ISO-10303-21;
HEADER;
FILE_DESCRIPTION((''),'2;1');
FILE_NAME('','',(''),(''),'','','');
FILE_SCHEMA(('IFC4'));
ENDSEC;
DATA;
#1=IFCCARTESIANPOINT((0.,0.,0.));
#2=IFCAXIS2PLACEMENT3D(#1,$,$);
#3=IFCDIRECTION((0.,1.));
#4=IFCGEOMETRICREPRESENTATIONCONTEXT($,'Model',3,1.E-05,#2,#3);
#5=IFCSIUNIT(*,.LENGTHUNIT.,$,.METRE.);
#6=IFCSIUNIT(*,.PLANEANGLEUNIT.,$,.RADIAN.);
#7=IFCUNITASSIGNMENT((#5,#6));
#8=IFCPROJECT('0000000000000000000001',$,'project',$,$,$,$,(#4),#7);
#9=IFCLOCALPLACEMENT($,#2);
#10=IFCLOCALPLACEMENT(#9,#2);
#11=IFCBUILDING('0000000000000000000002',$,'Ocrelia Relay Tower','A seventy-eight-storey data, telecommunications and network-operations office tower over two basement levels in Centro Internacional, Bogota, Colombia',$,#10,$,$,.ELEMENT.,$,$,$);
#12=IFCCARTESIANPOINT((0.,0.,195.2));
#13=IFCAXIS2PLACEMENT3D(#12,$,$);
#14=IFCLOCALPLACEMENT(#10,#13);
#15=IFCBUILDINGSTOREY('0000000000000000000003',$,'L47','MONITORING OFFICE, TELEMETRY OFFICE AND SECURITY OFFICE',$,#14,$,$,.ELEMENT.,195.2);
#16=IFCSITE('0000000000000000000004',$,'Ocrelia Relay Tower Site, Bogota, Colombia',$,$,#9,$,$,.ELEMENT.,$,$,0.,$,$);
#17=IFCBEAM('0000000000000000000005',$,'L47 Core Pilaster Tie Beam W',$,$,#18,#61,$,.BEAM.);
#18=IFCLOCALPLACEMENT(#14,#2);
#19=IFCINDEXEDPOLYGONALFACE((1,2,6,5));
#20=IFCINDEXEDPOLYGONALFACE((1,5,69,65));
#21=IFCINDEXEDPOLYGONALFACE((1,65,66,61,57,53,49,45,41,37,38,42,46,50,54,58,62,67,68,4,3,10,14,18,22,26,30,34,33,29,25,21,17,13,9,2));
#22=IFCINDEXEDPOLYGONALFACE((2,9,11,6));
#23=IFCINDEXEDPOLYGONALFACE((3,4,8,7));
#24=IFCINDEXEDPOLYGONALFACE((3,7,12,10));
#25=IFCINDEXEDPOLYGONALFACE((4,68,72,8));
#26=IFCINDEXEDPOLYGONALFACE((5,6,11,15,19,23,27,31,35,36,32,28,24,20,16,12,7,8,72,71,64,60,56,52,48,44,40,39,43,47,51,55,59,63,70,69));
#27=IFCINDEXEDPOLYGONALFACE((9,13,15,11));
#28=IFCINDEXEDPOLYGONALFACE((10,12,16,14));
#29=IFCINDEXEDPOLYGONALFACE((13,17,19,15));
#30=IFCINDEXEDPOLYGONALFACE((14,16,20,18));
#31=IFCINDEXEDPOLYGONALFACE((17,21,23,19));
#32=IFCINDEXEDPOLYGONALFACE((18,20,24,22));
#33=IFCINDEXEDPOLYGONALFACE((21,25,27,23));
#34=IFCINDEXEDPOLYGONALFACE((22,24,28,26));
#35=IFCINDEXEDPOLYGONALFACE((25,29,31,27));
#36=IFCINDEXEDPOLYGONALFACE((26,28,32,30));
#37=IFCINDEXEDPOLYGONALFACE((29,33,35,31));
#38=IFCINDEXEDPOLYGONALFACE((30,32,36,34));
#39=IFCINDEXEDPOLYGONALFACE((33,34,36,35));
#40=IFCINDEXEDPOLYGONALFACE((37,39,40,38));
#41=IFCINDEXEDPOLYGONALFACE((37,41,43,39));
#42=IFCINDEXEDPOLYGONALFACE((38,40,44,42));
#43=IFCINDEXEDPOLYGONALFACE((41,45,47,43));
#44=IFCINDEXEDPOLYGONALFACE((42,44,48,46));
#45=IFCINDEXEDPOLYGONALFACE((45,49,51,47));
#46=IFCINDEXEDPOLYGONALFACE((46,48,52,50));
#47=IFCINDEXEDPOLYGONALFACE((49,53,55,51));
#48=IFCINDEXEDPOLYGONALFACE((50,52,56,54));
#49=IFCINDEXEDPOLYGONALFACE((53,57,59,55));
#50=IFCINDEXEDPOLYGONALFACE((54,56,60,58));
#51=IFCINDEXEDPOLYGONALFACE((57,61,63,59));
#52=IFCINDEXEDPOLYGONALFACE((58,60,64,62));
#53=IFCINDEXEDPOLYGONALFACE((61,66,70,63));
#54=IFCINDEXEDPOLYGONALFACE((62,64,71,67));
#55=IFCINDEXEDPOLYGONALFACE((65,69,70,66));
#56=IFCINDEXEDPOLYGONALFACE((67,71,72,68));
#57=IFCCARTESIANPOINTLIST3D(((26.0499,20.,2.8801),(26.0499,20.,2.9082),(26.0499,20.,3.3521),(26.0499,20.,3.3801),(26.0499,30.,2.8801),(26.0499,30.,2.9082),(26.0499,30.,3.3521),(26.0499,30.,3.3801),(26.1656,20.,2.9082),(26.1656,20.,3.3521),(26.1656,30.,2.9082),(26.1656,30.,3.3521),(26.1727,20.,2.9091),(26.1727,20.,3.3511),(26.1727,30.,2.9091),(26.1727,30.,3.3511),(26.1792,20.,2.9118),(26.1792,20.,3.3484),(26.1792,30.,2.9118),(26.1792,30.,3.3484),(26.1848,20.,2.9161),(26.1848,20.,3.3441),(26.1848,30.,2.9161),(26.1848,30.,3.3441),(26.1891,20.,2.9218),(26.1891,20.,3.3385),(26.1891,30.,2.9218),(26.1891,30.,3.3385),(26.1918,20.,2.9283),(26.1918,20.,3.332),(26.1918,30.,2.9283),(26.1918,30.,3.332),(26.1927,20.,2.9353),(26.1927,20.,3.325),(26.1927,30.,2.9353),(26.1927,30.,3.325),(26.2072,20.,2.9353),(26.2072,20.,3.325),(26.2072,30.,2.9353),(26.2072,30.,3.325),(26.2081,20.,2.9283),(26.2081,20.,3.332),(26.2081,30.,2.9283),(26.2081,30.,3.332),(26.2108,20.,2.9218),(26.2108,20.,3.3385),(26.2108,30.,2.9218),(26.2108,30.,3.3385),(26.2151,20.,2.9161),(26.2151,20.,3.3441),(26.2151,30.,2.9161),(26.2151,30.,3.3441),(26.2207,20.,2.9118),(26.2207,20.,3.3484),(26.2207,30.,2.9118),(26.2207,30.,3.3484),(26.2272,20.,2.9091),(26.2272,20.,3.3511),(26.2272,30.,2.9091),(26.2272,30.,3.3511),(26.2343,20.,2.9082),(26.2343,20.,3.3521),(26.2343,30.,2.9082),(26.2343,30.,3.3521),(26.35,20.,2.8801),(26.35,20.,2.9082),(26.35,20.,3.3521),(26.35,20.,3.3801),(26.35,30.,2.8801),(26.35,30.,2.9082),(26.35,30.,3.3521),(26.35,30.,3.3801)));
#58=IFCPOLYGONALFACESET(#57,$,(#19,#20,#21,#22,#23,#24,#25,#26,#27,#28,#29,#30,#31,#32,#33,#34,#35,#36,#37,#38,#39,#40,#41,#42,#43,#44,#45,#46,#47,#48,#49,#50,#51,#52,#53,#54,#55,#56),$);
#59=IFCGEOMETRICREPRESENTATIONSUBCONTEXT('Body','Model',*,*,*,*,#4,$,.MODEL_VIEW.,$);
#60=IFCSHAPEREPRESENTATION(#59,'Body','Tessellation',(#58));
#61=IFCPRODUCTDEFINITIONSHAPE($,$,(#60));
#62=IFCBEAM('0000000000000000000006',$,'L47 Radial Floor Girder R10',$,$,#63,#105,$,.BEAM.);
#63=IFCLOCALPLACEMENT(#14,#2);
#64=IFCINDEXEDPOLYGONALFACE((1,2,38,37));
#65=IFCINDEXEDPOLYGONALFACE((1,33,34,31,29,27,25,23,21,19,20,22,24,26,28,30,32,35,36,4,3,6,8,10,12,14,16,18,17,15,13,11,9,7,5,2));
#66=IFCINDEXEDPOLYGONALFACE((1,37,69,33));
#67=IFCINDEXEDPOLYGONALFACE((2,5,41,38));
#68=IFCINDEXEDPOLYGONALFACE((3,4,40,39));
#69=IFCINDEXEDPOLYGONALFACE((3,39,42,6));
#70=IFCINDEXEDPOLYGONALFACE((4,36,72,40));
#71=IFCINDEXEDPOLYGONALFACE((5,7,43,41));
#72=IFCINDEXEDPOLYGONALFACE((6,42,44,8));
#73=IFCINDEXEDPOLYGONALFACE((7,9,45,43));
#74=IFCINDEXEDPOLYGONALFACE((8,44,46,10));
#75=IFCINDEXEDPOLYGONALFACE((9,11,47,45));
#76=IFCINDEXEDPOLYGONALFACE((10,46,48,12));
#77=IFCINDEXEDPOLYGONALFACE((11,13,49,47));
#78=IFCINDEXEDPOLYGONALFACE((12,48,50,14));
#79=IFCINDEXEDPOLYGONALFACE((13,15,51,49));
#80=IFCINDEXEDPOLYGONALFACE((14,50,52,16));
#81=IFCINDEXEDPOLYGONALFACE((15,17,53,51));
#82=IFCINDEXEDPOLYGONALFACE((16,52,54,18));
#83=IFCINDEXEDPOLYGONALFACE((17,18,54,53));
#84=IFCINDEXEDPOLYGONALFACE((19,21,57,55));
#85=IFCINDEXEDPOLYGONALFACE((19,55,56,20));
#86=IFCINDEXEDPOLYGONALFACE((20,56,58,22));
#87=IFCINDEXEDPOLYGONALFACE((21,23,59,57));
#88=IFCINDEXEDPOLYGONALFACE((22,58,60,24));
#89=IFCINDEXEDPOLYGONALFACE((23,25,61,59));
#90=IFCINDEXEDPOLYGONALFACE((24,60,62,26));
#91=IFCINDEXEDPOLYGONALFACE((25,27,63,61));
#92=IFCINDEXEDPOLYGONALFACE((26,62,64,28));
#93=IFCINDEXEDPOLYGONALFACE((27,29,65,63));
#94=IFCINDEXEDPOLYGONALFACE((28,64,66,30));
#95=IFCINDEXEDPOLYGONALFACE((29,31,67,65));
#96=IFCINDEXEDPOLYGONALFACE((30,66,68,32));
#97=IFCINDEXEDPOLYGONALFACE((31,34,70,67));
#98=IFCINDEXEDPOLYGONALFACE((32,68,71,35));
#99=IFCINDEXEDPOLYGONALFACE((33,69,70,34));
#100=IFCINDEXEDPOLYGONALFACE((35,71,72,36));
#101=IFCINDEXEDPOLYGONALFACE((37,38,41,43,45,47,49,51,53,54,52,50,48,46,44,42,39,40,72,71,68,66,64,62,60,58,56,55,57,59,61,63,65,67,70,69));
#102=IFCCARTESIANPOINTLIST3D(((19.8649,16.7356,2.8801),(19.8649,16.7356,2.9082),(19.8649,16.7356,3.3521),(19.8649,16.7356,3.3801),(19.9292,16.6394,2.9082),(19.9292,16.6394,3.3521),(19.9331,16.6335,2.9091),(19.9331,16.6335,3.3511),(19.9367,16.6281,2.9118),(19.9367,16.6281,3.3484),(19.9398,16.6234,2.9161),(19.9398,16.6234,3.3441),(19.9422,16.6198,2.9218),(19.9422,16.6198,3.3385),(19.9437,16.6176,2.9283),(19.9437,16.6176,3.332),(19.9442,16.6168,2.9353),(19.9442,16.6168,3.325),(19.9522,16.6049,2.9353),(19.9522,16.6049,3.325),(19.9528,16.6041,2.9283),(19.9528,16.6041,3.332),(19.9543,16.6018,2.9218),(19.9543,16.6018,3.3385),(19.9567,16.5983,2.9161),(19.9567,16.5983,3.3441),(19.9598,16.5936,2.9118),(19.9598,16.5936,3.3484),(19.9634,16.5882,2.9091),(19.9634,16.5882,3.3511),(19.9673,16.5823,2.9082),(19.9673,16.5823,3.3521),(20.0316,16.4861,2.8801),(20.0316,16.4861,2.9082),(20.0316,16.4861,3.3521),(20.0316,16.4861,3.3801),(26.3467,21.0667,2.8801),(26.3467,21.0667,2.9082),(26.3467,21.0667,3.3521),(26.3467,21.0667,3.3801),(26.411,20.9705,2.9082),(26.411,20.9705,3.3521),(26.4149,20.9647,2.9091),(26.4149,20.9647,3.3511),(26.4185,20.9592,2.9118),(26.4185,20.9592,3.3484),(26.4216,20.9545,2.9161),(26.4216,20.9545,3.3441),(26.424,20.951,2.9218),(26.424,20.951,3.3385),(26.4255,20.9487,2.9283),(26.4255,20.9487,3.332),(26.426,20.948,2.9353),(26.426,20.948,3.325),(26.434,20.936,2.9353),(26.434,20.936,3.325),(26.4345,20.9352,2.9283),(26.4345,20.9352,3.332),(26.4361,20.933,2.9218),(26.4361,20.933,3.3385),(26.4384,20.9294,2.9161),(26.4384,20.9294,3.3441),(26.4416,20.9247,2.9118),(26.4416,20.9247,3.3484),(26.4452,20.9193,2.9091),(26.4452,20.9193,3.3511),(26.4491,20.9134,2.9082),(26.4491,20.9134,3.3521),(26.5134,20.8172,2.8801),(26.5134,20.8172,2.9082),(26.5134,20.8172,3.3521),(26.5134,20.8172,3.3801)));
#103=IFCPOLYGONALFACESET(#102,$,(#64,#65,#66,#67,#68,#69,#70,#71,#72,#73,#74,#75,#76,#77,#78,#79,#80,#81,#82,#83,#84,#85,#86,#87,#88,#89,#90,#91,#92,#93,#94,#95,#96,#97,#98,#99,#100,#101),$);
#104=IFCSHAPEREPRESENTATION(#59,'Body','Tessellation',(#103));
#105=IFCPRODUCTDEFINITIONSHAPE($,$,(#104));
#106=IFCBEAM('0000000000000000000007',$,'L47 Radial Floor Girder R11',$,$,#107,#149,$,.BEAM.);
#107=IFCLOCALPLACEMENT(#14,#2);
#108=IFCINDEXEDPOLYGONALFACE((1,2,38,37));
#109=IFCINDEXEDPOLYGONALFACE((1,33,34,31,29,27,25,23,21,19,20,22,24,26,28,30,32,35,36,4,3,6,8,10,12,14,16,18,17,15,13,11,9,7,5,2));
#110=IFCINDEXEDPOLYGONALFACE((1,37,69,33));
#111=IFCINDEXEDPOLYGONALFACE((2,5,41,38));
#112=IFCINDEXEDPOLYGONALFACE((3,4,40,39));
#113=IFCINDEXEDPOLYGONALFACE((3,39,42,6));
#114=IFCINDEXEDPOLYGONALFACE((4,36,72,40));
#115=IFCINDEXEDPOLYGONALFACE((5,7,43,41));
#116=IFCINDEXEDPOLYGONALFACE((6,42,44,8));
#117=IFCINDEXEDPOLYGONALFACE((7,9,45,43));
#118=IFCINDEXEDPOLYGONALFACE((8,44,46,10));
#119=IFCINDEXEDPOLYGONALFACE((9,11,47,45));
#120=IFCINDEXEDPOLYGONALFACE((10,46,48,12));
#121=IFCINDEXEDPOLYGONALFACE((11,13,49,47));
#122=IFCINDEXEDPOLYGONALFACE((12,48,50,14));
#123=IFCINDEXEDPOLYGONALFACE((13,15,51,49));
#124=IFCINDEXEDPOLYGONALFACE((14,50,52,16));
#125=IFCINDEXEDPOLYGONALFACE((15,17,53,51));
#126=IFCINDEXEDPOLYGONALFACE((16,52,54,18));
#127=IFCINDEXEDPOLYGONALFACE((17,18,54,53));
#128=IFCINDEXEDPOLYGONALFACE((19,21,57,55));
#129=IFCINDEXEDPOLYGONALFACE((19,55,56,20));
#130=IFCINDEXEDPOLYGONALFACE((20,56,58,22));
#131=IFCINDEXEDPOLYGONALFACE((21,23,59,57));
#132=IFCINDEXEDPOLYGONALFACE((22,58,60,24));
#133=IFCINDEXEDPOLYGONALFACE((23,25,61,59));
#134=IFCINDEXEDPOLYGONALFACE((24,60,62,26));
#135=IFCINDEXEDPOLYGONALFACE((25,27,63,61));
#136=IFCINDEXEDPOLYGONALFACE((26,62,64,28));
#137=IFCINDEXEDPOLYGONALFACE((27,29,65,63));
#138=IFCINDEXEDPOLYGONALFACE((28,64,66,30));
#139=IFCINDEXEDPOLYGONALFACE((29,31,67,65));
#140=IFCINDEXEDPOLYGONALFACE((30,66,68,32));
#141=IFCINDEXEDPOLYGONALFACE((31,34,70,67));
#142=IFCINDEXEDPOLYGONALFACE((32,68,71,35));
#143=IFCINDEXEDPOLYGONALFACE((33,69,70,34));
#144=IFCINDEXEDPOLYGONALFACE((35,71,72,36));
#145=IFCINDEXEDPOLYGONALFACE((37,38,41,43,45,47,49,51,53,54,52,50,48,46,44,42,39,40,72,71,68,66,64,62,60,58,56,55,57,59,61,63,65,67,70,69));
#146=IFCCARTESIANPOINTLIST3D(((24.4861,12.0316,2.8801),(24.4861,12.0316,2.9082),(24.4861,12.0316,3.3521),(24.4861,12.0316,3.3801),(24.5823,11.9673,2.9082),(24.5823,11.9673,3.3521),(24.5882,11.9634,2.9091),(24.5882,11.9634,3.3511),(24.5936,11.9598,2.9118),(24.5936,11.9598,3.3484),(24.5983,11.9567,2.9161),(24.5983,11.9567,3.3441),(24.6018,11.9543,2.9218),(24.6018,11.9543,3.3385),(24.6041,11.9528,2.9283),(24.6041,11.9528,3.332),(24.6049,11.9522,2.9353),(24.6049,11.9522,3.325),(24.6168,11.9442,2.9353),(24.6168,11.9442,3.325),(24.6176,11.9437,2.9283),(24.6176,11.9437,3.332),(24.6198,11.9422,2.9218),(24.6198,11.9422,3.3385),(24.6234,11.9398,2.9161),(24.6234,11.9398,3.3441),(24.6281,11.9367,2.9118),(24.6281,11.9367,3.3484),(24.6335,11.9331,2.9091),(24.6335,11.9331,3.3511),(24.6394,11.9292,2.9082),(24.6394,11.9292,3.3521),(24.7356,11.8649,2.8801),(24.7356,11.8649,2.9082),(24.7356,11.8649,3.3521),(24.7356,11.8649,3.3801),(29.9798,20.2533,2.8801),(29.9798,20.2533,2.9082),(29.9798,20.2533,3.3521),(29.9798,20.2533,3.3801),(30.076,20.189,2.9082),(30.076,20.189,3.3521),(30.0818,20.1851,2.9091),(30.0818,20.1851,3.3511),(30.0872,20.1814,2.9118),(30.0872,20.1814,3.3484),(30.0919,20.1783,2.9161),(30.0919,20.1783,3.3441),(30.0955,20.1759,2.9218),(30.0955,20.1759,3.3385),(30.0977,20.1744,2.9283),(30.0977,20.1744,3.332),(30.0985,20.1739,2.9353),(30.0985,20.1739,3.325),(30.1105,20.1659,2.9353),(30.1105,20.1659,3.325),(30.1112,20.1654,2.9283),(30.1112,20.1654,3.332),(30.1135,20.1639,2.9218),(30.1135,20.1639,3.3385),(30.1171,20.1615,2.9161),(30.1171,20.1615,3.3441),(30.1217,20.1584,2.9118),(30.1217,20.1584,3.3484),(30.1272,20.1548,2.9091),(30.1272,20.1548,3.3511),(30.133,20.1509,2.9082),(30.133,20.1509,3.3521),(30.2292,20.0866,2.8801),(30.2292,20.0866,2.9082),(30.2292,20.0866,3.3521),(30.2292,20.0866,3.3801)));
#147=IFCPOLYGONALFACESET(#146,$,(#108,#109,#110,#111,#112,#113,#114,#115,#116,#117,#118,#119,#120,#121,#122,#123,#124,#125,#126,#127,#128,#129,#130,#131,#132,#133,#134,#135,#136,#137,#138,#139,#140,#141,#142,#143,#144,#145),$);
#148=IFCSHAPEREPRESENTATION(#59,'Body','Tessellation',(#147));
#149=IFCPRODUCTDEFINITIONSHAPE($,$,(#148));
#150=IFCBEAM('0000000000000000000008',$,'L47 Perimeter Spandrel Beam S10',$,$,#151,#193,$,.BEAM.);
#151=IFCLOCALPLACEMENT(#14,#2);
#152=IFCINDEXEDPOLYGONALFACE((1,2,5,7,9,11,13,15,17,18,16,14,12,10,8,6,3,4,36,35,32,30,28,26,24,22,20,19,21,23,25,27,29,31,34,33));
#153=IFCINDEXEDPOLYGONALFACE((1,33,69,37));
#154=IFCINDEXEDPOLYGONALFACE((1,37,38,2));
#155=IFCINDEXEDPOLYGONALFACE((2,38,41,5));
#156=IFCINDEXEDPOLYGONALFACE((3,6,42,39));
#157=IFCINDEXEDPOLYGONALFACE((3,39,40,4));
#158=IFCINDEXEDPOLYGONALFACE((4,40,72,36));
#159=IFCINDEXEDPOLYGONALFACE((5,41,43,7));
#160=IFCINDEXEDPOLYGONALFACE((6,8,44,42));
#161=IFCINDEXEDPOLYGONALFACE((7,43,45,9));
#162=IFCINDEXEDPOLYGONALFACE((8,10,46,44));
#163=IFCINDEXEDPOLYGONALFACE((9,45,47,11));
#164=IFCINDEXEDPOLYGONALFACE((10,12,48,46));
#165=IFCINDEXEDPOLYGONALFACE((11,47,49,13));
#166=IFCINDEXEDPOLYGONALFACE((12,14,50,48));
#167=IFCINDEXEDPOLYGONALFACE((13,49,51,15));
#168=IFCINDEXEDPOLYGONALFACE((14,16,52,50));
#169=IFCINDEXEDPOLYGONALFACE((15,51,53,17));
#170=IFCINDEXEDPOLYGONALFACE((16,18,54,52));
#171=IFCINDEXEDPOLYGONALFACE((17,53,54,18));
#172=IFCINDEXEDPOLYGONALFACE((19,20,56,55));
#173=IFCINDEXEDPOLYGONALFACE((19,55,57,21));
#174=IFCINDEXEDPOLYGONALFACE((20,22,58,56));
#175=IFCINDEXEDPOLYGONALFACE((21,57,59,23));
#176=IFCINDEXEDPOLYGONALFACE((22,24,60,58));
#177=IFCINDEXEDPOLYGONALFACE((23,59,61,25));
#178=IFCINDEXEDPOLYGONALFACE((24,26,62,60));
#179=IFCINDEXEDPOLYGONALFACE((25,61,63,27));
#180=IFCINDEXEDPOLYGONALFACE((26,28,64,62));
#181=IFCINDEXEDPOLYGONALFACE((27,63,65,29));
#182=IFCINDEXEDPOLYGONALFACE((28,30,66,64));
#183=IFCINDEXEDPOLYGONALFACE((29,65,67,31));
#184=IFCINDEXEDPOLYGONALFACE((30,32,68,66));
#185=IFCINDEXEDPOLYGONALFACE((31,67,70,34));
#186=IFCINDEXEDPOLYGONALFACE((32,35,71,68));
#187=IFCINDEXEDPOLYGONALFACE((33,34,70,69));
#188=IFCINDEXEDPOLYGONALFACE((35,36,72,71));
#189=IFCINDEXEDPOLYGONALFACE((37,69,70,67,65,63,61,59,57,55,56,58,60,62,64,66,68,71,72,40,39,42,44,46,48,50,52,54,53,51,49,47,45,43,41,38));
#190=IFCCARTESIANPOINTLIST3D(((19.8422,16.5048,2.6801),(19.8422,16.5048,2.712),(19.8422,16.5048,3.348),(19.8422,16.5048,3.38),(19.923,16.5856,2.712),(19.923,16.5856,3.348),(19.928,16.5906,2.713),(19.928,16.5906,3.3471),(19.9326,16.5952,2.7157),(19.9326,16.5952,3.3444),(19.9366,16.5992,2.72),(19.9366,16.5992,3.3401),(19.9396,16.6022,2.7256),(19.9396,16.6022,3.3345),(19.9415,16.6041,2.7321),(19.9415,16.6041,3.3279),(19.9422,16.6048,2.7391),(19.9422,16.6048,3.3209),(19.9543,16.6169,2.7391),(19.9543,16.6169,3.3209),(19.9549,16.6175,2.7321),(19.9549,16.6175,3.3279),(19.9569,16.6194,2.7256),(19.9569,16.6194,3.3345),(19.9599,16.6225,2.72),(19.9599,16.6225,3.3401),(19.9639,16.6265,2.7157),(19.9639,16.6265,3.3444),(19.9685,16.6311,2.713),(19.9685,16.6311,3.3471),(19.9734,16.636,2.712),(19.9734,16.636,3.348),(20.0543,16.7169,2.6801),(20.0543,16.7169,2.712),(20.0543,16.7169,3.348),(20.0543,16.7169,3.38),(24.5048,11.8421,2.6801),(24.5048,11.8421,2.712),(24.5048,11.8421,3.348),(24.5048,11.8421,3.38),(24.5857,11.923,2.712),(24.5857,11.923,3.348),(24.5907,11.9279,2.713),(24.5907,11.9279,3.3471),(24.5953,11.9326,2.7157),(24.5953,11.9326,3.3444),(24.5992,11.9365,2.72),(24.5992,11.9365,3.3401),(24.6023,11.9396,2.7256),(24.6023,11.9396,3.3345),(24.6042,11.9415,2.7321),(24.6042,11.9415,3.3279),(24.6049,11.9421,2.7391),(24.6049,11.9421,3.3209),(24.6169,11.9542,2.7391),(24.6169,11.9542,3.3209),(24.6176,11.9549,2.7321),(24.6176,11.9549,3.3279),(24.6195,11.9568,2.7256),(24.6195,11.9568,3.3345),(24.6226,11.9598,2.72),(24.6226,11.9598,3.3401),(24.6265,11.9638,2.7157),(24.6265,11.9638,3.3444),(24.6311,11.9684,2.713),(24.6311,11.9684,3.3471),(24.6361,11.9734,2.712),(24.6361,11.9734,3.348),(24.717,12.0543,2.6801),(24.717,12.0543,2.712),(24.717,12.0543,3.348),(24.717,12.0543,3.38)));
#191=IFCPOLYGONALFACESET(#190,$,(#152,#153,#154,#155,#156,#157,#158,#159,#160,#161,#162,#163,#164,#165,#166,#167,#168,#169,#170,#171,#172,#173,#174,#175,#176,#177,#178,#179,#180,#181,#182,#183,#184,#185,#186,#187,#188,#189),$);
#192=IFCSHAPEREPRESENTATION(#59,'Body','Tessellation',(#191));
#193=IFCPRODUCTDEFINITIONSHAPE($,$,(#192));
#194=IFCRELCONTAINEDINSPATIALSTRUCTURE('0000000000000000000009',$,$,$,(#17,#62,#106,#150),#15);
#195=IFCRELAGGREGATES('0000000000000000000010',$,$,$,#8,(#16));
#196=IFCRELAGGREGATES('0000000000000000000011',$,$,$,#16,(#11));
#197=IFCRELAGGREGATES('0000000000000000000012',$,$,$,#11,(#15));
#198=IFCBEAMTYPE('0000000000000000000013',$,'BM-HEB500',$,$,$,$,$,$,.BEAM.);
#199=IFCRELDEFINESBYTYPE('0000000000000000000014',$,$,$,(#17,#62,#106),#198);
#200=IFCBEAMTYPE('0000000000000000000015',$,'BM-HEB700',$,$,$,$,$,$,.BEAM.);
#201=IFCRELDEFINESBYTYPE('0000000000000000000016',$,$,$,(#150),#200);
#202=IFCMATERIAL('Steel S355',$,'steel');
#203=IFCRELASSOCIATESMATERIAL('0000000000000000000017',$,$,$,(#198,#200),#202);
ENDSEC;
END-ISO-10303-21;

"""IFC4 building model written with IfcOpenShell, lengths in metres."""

from ifc_helpers import new_model, si_unit, direction, frame, origin, origin_2d, place, context, subcontext, project, spatial, i_section, extrude, material, material_profile, profile_set, type_object, element, save


model = new_model("IFC4")

# Units and contexts
model_context = context("Model", 3, precision=1e-05, world=origin(), true_north=direction((0.0, 1.0)))
body_context = subcontext(model_context, "Body", "Model", "MODEL_VIEW")
ifc_project = project(units=[si_unit("LENGTHUNIT", "METRE"), si_unit("PLANEANGLEUNIT", "RADIAN")], contexts=[model_context])

# Site, building, storey
site_placement = place(None, origin())
site = spatial("IfcSite", under=ifc_project, at=site_placement, Name="Ocrelia Relay Tower Site, Bogota, Colombia", CompositionType="ELEMENT", RefElevation=0.0)
building_placement = place(site_placement, origin())
building = spatial("IfcBuilding", under=site, at=building_placement, Name="Ocrelia Relay Tower", Description="A seventy-eight-storey data, telecommunications and network-operations office tower over two basement levels in Centro Internacional, Bogota, Colombia", CompositionType="ELEMENT")
storey_placement = place(building_placement, frame((0.0, 0.0, 195.2)))
storey = spatial("IfcBuildingStorey", under=building, at=storey_placement, Name="L47", Description="MONITORING OFFICE, TELEMETRY OFFICE AND SECURITY OFFICE", CompositionType="ELEMENT", Elevation=195.2)

# Beams
ifc_material_1 = material(Name="Steel S355", Category="steel")
ifc_material_profile_1 = material_profile(ifc_material_1, i_section(OverallWidth=0.3, OverallDepth=0.5, WebThickness=0.0144, FlangeThickness=0.0281, FilletRadius=0.0271, at=origin_2d()), Name="HEB 500")
ifc_profile_set_1 = profile_set([ifc_material_profile_1], Name="Steel S355")
beam_type_1 = type_object("IfcBeamType", Name="BM-HEB500", PredefinedType="BEAM", material=ifc_profile_set_1)
beam_1_placement = place(storey_placement, frame((26.2, 20.0, 3.1301), z_axis=(0.0, 1.0, 0.0), x_axis=(-1.0, 0.0, 0.0)))
element("IfcBeam", 1, at=beam_1_placement, inside=storey, type_object=beam_type_1, Name="L47 Core Pilaster Tie Beam W", PredefinedType="BEAM", context=body_context, shape_type="SweptSolid", body=[
    extrude(i_section(OverallWidth=0.3, OverallDepth=0.5, WebThickness=0.0144, FlangeThickness=0.0281, FilletRadius=0.0271, at=origin_2d()), origin(), (0.0, 0.0, 1.0), 10.0),
])
beam_2_placement = place(storey_placement, frame((19.9482, 16.6108, 3.1301), z_axis=(0.831462, 0.555582, 0.0), x_axis=(-0.555582, 0.831462, 0.0)))
element("IfcBeam", 2, at=beam_2_placement, inside=storey, type_object=beam_type_1, Name="L47 Radial Floor Girder R10", PredefinedType="BEAM", context=body_context, shape_type="SweptSolid", body=[
    extrude(i_section(OverallWidth=0.3, OverallDepth=0.5, WebThickness=0.0144, FlangeThickness=0.0281, FilletRadius=0.0271, at=origin_2d()), origin(), (0.0, 0.0, 1.0), 7.7957),
])
beam_3_placement = place(storey_placement, frame((24.6108, 11.9482, 3.1301), z_axis=(0.555577, 0.831465, 0.0), x_axis=(-0.831465, 0.555577, 0.0)))
element("IfcBeam", 3, at=beam_3_placement, inside=storey, type_object=beam_type_1, Name="L47 Radial Floor Girder R11", PredefinedType="BEAM", context=body_context, shape_type="SweptSolid", body=[
    extrude(i_section(OverallWidth=0.3, OverallDepth=0.5, WebThickness=0.0144, FlangeThickness=0.0281, FilletRadius=0.0271, at=origin_2d()), origin(), (0.0, 0.0, 1.0), 9.8882),
])
ifc_material_profile_2 = material_profile(ifc_material_1, i_section(OverallWidth=0.3, OverallDepth=0.7, WebThickness=0.0171, FlangeThickness=0.032, FilletRadius=0.0271, at=origin_2d()), Name="HEB 700")
ifc_profile_set_2 = profile_set([ifc_material_profile_2], Name="Steel S355")
beam_type_2 = type_object("IfcBeamType", Name="BM-HEB700", PredefinedType="BEAM", material=ifc_profile_set_2)
for number, where, z_axis, x_axis, name in (
    (4, (19.9482, 16.6108, 3.03), (0.707107, -0.707107, 0.0), (0.707107, 0.707107, 0.0), "L47 Perimeter Spandrel Beam S10"),
):
    element("IfcBeam", number, at=place(storey_placement, frame(where, z_axis=z_axis, x_axis=x_axis)), inside=storey, type_object=beam_type_2, Name=name, PredefinedType="BEAM", context=body_context, shape_type="SweptSolid", body=[
        extrude(i_section(OverallWidth=0.3, OverallDepth=0.7, WebThickness=0.0171, FlangeThickness=0.032, FilletRadius=0.0271, at=origin_2d()), origin(), (0.0, 0.0, 1.0), 6.594),
    ])

save(model, "model.ifc")
